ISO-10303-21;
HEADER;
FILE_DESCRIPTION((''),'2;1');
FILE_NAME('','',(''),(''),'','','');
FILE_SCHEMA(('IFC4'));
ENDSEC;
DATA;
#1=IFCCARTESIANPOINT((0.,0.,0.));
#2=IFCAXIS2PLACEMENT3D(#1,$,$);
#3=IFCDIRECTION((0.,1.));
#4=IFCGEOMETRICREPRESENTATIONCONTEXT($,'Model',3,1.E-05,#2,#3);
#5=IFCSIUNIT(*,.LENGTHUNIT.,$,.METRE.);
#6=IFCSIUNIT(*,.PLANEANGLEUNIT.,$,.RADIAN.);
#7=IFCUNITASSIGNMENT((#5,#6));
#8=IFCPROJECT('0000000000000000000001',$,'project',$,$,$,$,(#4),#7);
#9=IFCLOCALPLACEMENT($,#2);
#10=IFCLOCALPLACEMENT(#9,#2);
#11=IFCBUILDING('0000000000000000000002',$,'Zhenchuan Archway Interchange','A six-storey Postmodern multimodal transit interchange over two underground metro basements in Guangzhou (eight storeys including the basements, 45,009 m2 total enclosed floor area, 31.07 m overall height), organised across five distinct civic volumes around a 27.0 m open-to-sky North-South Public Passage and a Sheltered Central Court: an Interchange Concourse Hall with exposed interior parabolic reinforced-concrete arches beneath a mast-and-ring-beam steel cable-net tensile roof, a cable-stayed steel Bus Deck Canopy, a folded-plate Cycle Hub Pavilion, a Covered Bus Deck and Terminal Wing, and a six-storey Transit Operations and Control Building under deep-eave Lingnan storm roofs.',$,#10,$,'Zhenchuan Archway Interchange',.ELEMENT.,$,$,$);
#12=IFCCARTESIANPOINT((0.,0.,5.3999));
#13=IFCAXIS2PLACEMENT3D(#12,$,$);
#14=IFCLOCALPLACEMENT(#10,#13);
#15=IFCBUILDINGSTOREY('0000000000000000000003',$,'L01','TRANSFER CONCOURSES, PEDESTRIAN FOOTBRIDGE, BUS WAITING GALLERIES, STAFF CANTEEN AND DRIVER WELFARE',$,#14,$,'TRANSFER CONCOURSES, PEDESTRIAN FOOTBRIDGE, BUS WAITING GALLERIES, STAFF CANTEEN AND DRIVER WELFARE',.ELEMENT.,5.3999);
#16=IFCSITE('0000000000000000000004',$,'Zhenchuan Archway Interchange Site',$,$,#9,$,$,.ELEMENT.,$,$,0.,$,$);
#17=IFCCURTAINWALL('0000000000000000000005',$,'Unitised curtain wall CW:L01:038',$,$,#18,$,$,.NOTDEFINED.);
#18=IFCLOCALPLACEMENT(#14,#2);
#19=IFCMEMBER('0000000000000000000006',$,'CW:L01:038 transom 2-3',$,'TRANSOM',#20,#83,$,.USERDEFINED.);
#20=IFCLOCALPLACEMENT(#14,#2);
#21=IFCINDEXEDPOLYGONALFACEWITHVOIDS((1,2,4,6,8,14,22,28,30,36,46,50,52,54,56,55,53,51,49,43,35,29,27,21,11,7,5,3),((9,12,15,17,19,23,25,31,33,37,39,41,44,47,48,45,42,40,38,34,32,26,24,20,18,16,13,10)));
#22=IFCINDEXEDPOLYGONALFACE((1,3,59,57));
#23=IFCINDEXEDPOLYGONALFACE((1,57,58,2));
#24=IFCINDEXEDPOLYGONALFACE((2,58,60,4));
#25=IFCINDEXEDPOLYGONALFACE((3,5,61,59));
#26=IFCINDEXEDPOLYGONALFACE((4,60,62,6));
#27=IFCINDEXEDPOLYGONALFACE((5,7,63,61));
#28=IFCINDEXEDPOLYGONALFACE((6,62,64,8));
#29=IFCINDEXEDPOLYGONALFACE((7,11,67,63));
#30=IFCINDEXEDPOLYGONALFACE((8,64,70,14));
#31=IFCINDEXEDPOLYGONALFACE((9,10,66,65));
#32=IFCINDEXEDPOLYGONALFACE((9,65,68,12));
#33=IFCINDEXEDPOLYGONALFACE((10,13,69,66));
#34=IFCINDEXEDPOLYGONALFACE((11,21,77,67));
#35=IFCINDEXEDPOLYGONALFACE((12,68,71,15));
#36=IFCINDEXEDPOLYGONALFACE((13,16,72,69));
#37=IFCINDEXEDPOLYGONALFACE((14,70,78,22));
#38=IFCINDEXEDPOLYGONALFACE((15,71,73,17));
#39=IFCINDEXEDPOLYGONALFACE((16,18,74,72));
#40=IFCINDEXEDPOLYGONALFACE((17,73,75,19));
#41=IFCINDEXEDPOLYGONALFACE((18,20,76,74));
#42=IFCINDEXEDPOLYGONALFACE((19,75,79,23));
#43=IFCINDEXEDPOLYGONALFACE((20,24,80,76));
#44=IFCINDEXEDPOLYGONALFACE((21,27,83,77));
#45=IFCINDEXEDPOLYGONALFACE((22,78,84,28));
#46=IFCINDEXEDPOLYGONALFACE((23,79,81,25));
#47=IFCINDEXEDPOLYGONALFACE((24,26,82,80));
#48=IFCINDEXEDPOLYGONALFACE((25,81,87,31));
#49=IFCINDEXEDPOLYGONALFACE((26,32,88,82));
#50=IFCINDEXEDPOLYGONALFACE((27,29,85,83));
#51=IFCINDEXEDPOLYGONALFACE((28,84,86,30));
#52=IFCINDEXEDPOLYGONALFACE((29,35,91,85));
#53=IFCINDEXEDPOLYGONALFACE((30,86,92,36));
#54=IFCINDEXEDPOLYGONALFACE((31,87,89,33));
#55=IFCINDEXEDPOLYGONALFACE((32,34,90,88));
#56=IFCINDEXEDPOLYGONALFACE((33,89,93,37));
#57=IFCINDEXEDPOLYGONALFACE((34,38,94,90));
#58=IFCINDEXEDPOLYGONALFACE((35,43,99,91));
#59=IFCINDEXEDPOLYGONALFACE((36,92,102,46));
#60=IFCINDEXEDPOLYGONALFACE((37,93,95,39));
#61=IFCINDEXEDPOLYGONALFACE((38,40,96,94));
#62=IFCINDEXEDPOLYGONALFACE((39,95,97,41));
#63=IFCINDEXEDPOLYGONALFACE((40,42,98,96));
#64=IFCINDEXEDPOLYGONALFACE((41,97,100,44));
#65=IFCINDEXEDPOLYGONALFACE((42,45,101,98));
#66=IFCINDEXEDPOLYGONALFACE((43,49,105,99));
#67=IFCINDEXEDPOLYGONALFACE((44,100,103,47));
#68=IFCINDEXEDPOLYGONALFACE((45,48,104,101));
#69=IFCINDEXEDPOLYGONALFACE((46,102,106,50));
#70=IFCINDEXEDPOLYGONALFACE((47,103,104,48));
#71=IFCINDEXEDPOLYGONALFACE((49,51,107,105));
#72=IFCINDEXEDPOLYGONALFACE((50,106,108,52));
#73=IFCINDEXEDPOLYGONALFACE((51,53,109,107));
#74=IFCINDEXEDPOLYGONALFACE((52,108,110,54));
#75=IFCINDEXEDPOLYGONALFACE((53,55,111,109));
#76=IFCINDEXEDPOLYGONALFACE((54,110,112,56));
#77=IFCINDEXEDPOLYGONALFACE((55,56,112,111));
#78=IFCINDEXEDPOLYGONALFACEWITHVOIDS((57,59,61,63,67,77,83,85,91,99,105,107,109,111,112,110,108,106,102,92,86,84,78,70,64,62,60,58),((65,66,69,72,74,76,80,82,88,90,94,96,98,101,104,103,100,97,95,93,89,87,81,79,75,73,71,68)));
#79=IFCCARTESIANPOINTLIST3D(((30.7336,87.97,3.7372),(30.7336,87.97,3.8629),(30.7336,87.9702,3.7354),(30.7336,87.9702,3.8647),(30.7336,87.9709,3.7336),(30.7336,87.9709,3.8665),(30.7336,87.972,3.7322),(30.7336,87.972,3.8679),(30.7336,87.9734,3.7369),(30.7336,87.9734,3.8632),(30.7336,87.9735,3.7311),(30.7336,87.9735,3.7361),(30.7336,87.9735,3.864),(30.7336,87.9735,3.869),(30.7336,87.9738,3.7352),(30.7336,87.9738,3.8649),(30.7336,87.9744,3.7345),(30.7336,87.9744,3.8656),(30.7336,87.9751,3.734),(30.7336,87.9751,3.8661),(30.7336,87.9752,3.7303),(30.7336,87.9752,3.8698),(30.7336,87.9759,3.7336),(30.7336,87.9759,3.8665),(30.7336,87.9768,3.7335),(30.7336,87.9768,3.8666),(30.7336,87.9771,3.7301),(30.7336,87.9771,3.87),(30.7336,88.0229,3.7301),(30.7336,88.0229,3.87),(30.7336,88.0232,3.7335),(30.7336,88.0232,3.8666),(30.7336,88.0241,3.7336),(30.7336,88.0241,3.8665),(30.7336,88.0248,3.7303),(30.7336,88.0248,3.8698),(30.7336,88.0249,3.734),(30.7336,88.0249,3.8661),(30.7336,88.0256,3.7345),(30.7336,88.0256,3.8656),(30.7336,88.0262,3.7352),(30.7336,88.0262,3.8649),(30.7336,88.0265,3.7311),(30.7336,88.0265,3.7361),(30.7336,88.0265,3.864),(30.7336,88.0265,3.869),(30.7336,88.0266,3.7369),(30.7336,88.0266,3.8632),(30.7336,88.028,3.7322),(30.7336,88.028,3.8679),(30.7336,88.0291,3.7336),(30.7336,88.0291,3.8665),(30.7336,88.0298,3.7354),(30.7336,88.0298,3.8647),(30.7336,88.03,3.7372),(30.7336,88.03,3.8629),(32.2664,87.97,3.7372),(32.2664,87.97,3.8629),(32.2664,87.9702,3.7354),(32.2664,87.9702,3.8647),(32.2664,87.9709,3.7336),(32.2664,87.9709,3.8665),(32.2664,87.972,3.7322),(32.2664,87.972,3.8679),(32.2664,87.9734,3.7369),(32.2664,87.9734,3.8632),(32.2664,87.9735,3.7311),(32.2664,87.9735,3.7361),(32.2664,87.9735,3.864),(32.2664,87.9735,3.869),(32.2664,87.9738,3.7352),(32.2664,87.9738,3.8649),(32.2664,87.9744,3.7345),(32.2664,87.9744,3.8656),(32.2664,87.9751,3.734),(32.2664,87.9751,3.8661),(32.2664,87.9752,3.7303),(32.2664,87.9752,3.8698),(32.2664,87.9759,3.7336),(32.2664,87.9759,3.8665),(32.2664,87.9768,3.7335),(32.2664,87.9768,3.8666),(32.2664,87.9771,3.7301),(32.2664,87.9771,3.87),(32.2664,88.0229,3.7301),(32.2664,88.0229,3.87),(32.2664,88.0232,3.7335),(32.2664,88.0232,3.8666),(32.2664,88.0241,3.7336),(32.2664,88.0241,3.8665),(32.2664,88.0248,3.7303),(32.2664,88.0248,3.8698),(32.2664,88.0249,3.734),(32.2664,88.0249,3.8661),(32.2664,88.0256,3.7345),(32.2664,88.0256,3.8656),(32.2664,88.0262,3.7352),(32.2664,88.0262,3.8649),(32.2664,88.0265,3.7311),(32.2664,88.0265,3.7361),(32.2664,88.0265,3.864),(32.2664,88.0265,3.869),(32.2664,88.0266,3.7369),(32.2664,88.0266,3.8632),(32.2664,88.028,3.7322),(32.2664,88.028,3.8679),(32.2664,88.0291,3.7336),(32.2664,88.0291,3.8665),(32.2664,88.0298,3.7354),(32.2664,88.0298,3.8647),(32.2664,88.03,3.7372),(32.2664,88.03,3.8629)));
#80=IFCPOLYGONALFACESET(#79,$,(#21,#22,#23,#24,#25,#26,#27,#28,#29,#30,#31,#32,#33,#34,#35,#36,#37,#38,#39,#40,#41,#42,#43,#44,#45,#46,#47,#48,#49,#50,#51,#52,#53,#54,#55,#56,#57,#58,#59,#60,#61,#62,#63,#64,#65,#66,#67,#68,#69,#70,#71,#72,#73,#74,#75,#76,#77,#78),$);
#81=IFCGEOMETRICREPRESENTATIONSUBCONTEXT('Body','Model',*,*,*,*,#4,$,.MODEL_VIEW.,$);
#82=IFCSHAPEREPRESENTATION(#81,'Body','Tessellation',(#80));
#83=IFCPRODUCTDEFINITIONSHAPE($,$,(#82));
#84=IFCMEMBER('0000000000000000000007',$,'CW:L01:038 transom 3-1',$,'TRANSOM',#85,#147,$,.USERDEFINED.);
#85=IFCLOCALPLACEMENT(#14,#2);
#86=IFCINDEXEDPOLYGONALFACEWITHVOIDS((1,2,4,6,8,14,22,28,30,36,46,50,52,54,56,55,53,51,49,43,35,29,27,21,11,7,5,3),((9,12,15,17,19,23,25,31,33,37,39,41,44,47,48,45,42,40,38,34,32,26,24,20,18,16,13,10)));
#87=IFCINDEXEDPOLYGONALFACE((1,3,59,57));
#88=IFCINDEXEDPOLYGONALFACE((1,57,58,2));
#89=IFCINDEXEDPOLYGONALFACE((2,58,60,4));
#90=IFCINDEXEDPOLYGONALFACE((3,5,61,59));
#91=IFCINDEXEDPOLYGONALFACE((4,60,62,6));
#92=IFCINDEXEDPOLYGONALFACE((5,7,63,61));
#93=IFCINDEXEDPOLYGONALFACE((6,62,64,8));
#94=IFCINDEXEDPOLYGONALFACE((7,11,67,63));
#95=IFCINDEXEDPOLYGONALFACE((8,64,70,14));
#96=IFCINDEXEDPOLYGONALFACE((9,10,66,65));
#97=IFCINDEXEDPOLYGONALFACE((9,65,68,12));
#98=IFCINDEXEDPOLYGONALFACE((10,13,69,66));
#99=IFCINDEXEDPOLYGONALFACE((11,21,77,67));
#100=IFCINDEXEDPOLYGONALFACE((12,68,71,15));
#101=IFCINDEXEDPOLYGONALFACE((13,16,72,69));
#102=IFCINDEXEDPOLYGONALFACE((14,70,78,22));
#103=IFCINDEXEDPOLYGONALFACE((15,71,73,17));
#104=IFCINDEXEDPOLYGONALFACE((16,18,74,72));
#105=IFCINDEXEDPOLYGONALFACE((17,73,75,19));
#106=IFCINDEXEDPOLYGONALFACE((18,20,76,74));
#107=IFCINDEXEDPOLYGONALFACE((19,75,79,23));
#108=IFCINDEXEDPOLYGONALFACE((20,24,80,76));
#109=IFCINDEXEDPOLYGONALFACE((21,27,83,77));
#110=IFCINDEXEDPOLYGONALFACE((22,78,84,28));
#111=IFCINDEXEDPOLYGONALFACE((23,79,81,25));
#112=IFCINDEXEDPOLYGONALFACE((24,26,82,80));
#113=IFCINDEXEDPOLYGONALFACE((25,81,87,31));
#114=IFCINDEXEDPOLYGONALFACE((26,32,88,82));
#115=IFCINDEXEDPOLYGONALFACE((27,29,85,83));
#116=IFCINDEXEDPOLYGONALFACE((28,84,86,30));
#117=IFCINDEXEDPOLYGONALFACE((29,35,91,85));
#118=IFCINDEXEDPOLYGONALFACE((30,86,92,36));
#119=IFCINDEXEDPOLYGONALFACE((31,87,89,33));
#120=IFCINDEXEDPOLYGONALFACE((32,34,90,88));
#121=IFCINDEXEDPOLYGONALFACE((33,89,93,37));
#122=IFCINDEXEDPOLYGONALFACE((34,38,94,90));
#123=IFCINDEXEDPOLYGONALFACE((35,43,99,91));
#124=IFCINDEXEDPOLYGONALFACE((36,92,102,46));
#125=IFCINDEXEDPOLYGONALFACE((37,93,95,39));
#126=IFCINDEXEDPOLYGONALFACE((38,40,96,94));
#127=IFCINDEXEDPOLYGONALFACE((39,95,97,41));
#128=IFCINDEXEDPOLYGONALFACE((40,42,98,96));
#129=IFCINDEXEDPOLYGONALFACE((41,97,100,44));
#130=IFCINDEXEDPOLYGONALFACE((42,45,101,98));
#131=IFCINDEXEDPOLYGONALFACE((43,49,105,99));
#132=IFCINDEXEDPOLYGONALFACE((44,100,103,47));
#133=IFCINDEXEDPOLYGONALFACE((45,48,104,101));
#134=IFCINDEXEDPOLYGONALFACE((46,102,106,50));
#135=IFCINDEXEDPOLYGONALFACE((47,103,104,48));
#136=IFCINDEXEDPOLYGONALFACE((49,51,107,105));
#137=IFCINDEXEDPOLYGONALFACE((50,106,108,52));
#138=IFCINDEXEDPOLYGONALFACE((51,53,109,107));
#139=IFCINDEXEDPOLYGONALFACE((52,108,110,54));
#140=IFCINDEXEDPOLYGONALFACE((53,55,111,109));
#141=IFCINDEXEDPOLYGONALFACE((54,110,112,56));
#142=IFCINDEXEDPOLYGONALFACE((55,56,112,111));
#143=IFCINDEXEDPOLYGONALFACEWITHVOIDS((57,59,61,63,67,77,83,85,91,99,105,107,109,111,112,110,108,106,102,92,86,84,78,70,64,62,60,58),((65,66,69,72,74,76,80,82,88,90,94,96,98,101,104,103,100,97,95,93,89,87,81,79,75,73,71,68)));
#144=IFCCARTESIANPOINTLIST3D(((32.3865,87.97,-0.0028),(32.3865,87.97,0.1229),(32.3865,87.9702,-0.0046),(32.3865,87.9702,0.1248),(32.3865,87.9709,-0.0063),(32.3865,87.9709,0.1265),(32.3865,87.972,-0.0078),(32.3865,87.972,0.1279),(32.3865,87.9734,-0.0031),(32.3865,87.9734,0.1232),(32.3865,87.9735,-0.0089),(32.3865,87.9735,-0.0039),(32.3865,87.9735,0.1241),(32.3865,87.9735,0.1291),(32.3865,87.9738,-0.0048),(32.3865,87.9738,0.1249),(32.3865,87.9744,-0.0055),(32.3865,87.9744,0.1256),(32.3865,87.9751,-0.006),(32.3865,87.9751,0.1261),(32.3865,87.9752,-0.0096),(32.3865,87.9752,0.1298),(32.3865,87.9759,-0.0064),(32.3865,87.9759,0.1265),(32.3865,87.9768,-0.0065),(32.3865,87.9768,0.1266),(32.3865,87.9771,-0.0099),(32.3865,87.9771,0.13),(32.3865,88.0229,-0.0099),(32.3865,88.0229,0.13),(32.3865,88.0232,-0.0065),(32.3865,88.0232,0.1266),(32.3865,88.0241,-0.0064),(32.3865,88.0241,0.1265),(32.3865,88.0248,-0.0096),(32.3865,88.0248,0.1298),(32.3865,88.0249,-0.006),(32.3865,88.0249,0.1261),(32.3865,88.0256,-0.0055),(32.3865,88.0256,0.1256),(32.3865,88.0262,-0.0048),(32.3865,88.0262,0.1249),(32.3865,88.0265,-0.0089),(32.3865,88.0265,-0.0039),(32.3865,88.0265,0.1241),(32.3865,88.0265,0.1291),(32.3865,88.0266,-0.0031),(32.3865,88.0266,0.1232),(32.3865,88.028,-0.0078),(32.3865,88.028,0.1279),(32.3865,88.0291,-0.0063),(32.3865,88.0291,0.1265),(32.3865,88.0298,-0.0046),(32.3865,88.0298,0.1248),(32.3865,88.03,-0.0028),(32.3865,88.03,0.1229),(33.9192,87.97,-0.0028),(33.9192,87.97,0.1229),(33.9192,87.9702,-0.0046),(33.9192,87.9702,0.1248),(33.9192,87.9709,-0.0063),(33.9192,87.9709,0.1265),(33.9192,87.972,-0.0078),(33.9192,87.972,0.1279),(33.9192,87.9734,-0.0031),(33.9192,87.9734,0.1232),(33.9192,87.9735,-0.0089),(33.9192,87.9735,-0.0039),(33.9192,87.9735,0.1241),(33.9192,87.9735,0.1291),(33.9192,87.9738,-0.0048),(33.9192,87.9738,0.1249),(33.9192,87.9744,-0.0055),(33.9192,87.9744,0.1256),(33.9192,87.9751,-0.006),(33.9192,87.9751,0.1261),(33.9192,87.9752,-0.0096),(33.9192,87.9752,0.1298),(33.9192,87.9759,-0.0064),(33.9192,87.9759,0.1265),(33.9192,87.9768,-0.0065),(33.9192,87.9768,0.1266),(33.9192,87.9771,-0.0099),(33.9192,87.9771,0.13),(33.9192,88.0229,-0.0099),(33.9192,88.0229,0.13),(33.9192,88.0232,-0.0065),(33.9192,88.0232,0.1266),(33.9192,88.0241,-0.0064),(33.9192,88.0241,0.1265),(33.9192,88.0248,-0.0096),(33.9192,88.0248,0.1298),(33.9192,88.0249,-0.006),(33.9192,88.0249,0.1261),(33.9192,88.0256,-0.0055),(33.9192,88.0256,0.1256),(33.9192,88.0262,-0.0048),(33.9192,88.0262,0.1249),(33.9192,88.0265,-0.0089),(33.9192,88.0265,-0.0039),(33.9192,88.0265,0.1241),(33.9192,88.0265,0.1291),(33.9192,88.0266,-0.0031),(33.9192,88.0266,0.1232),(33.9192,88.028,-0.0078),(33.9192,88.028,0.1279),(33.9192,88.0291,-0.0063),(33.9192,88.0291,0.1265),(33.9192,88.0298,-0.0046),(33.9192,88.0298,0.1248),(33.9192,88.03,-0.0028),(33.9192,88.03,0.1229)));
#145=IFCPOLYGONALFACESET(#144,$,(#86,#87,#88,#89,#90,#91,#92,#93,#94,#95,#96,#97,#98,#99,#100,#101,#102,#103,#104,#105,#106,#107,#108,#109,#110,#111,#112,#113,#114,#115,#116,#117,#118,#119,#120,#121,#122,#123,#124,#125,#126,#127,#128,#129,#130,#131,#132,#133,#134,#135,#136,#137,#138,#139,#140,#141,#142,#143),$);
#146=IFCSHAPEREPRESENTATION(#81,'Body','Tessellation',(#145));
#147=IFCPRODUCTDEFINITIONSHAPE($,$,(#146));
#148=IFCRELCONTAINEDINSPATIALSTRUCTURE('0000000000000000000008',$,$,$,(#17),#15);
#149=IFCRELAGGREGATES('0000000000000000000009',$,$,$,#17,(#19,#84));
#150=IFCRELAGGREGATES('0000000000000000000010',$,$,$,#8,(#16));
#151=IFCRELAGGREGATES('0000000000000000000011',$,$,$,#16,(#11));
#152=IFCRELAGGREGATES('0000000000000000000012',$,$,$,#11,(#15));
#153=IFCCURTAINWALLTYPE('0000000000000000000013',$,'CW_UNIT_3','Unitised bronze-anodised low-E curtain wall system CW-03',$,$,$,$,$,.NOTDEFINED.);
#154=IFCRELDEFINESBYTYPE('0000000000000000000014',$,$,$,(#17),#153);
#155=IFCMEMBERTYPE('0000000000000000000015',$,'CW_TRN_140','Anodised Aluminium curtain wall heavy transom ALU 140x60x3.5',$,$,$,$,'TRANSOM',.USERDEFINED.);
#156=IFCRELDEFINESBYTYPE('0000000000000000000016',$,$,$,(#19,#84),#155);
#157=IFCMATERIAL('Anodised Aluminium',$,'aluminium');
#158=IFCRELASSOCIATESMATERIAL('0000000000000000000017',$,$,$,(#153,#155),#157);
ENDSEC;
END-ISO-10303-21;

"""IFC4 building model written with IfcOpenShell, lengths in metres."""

from ifc_helpers import new_model, si_unit, direction, frame, origin, origin_2d, place, context, subcontext, project, spatial, hollow_rectangle, extrude, material, material_profile, profile_set, type_object, element, aggregate, save


model = new_model("IFC4")

# Units and contexts
model_context = context("Model", 3, precision=1e-05, world=origin(), true_north=direction((0.0, 1.0)))
body_context = subcontext(model_context, "Body", "Model", "MODEL_VIEW")
ifc_project = project(units=[si_unit("LENGTHUNIT", "METRE"), si_unit("PLANEANGLEUNIT", "RADIAN")], contexts=[model_context])

# Site, building, storey
site_placement = place(None, origin())
site = spatial("IfcSite", under=ifc_project, at=site_placement, Name="Zhenchuan Archway Interchange Site", CompositionType="ELEMENT", RefElevation=0.0)
building_placement = place(site_placement, origin())
building = spatial("IfcBuilding", under=site, at=building_placement, Name="Zhenchuan Archway Interchange", Description="A six-storey Postmodern multimodal transit interchange over two underground metro basements in Guangzhou (eight storeys including the basements, 45,009 m2 total enclosed floor area, 31.07 m overall height), organised across five distinct civic volumes around a 27.0 m open-to-sky North-South Public Passage and a Sheltered Central Court: an Interchange Concourse Hall with exposed interior parabolic reinforced-concrete arches beneath a mast-and-ring-beam steel cable-net tensile roof, a cable-stayed steel Bus Deck Canopy, a folded-plate Cycle Hub Pavilion, a Covered Bus Deck and Terminal Wing, and a six-storey Transit Operations and Control Building under deep-eave Lingnan storm roofs.", LongName="Zhenchuan Archway Interchange", CompositionType="ELEMENT")
storey_placement = place(building_placement, frame((0.0, 0.0, 5.3999)))
storey = spatial("IfcBuildingStorey", under=building, at=storey_placement, Name="L01", Description="TRANSFER CONCOURSES, PEDESTRIAN FOOTBRIDGE, BUS WAITING GALLERIES, STAFF CANTEEN AND DRIVER WELFARE", LongName="TRANSFER CONCOURSES, PEDESTRIAN FOOTBRIDGE, BUS WAITING GALLERIES, STAFF CANTEEN AND DRIVER WELFARE", CompositionType="ELEMENT", Elevation=5.3999)

# Curtain wall, members
ifc_material_1 = material(Name="Anodised Aluminium", Category="aluminium")
curtain_wall_type_1 = type_object("IfcCurtainWallType", Name="CW_UNIT_3", Description="Unitised bronze-anodised low-E curtain wall system CW-03", PredefinedType="NOTDEFINED", material=ifc_material_1)
curtain_wall_1_placement = place(storey_placement, origin())
curtain_wall_1 = element("IfcCurtainWall", 1, at=curtain_wall_1_placement, inside=storey, type_object=curtain_wall_type_1, Name="Unitised curtain wall CW:L01:038", PredefinedType="NOTDEFINED")
ifc_material_profile_1 = material_profile(ifc_material_1, hollow_rectangle(XDim=0.0601, YDim=0.1399, WallThickness=0.0034, InnerFilletRadius=0.0034, OuterFilletRadius=0.0071, at=origin_2d()), Name="ALU 140x60x3.5")
ifc_profile_set_1 = profile_set([ifc_material_profile_1], Name="Anodised Aluminium")
member_type_1 = type_object("IfcMemberType", Name="CW_TRN_140", Description="Anodised Aluminium curtain wall heavy transom ALU 140x60x3.5", ElementType="TRANSOM", PredefinedType="USERDEFINED", material=ifc_profile_set_1)
member_1_placement = place(storey_placement, frame((30.7336, 88.0, 3.8), z_axis=(1.0, 0.0, 0.0), x_axis=(0.0, 1.0, 0.0)))
member_1 = element("IfcMember", 2, at=member_1_placement, type_object=member_type_1, Name="CW:L01:038 transom 2-3", ObjectType="TRANSOM", PredefinedType="USERDEFINED", context=body_context, shape_type="SweptSolid", body=[
    extrude(hollow_rectangle(XDim=0.0601, YDim=0.1399, WallThickness=0.0034, InnerFilletRadius=0.0034, OuterFilletRadius=0.0071, at=origin_2d()), origin(), (0.0, 0.0, 1.0), 1.5327),
])
member_2_placement = place(storey_placement, frame((32.3865, 88.0, 0.0601), z_axis=(1.0, 0.0, 0.0), x_axis=(0.0, 1.0, 0.0)))
member_2 = element("IfcMember", 3, at=member_2_placement, type_object=member_type_1, Name="CW:L01:038 transom 3-1", ObjectType="TRANSOM", PredefinedType="USERDEFINED", context=body_context, shape_type="SweptSolid", body=[
    extrude(hollow_rectangle(XDim=0.0601, YDim=0.1399, WallThickness=0.0034, InnerFilletRadius=0.0034, OuterFilletRadius=0.0071, at=origin_2d()), origin(), (0.0, 0.0, 1.0), 1.5327),
])

aggregate(curtain_wall_1, [member_1, member_2])

save(model, "model.ifc")
